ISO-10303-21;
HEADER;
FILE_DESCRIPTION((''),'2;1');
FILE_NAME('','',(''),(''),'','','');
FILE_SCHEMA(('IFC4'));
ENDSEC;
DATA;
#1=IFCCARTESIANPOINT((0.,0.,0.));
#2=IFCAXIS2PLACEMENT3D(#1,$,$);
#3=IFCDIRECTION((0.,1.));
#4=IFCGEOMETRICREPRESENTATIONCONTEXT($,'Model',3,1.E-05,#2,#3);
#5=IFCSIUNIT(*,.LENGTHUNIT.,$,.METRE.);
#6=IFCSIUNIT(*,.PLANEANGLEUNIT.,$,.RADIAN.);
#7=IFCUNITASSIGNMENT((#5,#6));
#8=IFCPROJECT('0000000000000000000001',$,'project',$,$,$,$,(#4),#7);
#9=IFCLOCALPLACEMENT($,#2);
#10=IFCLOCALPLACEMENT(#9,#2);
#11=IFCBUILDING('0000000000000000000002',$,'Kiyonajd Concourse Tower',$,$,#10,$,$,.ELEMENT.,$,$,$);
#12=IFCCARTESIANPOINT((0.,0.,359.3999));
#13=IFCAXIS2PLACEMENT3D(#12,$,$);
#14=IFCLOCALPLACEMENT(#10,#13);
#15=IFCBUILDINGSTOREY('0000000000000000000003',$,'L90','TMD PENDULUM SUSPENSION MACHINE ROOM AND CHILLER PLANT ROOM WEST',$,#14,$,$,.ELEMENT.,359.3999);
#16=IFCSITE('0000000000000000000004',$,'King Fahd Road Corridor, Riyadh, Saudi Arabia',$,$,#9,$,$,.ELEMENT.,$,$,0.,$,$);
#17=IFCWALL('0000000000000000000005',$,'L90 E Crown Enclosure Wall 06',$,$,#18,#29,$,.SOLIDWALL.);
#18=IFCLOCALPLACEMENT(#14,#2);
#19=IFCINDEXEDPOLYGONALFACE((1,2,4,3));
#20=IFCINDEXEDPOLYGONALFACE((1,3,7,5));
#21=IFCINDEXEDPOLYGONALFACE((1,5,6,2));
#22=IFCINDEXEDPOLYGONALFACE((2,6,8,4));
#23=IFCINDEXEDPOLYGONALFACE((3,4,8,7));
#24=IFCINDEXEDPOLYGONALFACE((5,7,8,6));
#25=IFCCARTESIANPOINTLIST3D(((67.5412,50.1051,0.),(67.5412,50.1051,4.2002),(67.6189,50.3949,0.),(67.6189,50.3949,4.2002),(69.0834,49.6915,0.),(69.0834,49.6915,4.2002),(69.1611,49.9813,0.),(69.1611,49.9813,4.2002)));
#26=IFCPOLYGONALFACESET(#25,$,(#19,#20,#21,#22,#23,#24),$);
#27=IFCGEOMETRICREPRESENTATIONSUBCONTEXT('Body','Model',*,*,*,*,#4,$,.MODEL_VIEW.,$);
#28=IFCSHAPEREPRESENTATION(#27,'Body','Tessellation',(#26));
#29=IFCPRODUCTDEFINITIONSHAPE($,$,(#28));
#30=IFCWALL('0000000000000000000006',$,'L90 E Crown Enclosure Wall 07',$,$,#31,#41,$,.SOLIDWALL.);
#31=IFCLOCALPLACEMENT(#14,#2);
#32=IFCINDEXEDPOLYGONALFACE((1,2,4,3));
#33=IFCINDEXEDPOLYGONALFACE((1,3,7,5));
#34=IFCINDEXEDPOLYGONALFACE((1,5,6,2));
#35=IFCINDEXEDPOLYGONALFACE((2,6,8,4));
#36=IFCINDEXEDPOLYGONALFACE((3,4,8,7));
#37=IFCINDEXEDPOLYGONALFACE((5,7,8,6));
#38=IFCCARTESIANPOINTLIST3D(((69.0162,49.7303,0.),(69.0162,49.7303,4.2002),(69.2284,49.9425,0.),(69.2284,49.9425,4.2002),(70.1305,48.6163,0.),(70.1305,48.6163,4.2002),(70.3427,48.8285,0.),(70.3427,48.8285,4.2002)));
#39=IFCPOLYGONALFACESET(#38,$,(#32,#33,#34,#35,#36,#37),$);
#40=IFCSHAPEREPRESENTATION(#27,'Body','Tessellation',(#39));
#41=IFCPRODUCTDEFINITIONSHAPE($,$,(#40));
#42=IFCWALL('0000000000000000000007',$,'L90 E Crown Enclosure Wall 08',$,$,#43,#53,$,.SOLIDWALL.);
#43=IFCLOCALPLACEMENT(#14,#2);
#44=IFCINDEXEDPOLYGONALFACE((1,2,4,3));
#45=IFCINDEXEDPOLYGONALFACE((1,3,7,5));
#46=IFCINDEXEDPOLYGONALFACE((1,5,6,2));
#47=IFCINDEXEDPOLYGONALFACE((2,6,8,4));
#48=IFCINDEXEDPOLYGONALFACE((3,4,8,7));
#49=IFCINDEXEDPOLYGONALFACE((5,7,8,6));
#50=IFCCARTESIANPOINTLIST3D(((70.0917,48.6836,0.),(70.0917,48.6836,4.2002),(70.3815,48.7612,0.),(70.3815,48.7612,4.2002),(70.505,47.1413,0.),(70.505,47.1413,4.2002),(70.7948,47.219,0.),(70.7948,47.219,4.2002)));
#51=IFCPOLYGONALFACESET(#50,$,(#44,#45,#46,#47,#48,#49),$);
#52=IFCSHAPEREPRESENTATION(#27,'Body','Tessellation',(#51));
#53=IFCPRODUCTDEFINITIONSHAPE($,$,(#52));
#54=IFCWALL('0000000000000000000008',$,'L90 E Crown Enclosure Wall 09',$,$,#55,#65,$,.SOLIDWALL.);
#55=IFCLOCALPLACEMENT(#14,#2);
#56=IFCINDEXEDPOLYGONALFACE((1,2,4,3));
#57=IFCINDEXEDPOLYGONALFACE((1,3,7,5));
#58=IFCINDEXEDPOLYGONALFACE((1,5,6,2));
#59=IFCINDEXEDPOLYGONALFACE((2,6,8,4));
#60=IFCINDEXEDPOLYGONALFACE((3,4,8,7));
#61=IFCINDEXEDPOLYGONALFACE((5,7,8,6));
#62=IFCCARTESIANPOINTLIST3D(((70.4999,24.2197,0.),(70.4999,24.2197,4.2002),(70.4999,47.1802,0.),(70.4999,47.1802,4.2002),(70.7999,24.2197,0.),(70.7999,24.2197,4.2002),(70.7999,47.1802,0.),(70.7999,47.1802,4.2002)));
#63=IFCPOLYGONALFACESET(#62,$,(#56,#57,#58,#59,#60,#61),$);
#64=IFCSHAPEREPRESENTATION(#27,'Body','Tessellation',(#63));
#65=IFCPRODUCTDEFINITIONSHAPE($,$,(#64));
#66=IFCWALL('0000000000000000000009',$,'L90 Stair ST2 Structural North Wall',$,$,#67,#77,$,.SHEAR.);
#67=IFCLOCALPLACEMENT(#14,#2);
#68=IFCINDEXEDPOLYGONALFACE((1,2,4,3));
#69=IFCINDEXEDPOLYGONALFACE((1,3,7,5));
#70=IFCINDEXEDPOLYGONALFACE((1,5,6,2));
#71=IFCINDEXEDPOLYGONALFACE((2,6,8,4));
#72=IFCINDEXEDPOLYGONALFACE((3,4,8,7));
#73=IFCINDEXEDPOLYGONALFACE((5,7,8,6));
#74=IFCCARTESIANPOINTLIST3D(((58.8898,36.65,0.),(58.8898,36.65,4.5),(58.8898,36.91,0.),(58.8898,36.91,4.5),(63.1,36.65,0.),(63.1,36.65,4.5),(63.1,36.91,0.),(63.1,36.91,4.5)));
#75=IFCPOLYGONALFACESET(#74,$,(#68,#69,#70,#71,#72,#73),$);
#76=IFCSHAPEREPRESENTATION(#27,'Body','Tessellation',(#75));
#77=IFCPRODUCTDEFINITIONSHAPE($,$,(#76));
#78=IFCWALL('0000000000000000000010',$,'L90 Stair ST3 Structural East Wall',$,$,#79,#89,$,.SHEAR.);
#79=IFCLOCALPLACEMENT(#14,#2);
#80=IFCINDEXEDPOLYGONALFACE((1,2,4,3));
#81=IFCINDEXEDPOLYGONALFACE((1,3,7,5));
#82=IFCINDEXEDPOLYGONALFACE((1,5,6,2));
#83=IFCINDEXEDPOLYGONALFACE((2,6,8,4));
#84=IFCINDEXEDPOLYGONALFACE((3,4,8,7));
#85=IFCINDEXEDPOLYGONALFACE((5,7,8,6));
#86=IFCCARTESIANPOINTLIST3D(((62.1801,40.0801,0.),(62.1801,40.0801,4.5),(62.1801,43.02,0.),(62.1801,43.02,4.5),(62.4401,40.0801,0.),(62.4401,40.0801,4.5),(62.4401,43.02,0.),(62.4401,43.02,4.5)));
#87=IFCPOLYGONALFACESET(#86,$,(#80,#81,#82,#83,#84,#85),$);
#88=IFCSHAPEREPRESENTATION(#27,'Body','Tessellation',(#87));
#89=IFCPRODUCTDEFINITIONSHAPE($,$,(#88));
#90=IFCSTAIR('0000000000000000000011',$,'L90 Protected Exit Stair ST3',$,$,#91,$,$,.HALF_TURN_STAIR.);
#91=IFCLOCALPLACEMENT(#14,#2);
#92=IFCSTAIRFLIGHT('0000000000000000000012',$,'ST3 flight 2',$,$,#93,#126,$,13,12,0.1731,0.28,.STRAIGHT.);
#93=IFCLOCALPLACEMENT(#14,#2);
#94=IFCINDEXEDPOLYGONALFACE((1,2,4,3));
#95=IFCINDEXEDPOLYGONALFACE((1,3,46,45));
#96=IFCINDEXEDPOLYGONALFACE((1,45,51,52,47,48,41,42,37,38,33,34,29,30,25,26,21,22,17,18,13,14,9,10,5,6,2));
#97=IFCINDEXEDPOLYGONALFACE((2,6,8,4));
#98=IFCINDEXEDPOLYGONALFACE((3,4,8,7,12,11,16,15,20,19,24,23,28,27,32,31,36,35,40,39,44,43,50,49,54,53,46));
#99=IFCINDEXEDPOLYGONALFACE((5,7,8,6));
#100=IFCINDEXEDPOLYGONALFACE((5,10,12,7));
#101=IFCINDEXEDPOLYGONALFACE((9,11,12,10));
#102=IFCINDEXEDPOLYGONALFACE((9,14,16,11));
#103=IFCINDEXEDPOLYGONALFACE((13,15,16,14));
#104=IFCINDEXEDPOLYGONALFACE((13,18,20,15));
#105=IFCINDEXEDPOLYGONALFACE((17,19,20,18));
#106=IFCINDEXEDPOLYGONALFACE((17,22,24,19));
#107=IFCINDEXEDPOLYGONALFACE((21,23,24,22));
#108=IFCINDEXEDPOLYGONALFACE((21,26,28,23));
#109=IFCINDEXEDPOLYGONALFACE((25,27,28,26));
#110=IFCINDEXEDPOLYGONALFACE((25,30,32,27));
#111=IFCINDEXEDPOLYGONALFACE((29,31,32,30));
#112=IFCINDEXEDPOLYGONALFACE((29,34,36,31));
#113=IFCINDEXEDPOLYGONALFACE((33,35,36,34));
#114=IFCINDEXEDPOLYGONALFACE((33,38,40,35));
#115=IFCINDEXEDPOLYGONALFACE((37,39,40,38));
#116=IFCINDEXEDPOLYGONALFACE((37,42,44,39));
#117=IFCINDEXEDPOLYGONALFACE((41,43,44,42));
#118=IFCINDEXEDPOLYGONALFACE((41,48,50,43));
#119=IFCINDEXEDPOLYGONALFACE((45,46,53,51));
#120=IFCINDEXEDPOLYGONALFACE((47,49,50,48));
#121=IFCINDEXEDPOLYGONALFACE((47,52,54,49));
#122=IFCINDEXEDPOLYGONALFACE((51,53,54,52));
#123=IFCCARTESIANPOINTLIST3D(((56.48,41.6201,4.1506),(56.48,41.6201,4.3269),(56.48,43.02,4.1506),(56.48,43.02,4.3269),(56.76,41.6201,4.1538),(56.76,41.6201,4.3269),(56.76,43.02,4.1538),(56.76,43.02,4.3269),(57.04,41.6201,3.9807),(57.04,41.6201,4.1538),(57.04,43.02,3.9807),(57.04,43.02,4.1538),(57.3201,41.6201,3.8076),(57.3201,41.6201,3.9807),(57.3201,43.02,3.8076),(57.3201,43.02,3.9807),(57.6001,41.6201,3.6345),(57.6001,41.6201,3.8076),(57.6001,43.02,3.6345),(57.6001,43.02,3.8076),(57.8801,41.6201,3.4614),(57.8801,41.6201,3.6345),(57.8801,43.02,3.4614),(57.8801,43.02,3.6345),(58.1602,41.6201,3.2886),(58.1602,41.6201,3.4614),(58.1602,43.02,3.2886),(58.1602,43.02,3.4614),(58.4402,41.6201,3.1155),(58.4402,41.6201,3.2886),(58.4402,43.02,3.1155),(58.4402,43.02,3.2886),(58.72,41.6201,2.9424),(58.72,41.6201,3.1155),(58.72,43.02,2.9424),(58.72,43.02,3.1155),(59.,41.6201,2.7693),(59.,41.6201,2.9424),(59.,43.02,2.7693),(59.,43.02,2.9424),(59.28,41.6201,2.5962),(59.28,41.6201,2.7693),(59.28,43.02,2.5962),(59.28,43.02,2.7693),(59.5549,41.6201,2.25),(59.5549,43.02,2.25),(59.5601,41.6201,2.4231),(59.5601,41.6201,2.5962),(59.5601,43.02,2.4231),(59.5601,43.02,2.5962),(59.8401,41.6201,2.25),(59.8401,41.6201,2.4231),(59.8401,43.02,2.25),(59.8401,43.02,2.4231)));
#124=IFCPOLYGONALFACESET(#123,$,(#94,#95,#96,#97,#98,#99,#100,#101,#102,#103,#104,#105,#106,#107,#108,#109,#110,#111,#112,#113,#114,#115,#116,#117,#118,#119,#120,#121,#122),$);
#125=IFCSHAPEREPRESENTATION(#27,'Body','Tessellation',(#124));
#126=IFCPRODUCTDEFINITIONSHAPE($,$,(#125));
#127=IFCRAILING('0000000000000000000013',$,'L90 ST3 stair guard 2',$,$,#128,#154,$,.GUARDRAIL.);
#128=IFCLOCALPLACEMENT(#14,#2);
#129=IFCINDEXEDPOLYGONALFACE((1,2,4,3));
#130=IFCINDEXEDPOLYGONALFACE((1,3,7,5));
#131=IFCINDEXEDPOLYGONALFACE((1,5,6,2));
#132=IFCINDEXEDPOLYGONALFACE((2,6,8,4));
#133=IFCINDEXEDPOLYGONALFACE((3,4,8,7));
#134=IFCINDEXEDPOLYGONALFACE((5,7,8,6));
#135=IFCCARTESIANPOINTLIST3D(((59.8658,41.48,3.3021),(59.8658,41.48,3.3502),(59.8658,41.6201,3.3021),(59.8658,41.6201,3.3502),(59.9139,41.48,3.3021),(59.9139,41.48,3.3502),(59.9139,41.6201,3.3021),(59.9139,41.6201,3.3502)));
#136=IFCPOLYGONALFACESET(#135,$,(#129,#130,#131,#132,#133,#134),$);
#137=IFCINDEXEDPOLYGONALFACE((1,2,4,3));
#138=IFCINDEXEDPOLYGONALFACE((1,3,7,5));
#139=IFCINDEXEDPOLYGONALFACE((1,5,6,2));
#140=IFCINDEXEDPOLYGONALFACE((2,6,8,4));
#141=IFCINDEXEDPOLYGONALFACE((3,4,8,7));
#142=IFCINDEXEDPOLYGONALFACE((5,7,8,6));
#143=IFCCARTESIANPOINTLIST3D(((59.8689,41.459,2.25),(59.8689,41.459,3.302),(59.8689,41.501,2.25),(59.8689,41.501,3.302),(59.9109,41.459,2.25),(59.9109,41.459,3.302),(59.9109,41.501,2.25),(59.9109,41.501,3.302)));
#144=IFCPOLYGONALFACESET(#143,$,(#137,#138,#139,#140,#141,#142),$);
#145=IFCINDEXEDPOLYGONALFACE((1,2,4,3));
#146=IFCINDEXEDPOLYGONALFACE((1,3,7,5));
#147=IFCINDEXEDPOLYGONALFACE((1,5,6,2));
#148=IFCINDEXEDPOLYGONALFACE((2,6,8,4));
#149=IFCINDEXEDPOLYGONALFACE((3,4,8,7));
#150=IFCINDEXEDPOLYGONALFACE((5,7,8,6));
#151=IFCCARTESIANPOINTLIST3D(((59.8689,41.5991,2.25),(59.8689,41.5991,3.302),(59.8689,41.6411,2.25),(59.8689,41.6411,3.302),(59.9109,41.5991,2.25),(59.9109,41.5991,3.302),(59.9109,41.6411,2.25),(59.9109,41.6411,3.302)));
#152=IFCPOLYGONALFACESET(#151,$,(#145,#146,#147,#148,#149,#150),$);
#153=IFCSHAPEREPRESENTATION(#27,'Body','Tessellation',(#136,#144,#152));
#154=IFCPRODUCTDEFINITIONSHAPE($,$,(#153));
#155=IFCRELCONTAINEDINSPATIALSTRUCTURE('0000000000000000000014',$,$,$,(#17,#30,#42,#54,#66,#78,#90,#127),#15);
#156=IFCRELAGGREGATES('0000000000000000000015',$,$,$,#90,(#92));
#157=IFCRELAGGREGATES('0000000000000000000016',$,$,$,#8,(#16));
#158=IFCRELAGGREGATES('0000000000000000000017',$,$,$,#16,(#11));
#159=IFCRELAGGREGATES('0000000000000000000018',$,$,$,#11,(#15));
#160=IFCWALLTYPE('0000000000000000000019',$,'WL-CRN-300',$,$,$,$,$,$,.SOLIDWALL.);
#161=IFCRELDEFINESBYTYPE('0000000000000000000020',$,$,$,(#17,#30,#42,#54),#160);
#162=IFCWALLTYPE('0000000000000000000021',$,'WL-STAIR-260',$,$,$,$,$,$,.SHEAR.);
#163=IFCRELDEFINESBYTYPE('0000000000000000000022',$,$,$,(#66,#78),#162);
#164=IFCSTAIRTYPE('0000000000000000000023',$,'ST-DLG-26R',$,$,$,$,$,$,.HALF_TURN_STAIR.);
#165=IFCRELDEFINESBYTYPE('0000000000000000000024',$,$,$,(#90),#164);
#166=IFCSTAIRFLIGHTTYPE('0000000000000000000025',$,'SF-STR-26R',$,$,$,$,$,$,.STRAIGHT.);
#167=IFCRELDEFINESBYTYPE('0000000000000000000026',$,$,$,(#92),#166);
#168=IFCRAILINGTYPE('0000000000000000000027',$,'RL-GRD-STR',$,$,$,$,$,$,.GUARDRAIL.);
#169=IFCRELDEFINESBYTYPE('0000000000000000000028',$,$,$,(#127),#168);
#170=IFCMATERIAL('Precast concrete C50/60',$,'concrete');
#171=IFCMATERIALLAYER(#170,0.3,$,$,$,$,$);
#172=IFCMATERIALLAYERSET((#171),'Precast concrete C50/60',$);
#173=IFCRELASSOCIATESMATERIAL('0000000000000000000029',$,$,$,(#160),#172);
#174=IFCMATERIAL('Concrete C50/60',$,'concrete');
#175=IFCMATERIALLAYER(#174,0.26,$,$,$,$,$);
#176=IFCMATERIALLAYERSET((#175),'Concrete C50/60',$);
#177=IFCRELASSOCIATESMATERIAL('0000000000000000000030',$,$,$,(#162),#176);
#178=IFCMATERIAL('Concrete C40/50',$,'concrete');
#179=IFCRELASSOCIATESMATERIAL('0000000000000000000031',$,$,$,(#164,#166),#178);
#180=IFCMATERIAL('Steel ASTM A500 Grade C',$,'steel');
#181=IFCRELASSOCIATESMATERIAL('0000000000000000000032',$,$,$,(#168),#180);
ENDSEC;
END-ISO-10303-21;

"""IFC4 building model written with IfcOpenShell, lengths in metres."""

from ifc_helpers import new_model, si_unit, direction, frame, frame_2d, origin, origin_2d, place, context, subcontext, project, spatial, polyline, rectangle, outline, extrude, material, layer, layer_set, type_object, element, aggregate, save


model = new_model("IFC4")

# Units and contexts
model_context = context("Model", 3, precision=1e-05, world=origin(), true_north=direction((0.0, 1.0)))
body_context = subcontext(model_context, "Body", "Model", "MODEL_VIEW")
ifc_project = project(units=[si_unit("LENGTHUNIT", "METRE"), si_unit("PLANEANGLEUNIT", "RADIAN")], contexts=[model_context])

# Site, building, storey
site_placement = place(None, origin())
site = spatial("IfcSite", under=ifc_project, at=site_placement, Name="King Fahd Road Corridor, Riyadh, Saudi Arabia", CompositionType="ELEMENT", RefElevation=0.0)
building_placement = place(site_placement, origin())
building = spatial("IfcBuilding", under=site, at=building_placement, Name="Kiyonajd Concourse Tower", CompositionType="ELEMENT")
storey_placement = place(building_placement, frame((0.0, 0.0, 359.3999)))
storey = spatial("IfcBuildingStorey", under=building, at=storey_placement, Name="L90", Description="TMD PENDULUM SUSPENSION MACHINE ROOM AND CHILLER PLANT ROOM WEST", CompositionType="ELEMENT", Elevation=359.3999)

# Walls
ifc_material_1 = material(Name="Precast concrete C50/60", Category="concrete")
ifc_layer_1 = layer(ifc_material_1, 0.3)
ifc_layer_set_1 = layer_set([ifc_layer_1], Name="Precast concrete C50/60")
wall_type_1 = type_object("IfcWallType", Name="WL-CRN-300", PredefinedType="SOLIDWALL", material=ifc_layer_set_1)
wall_1_placement = place(storey_placement, frame((67.5801, 50.25, 0.0), z_axis=(0.0, 0.0, 1.0), x_axis=(0.965874, -0.259014, 0.0)))
element("IfcWall", 1, at=wall_1_placement, inside=storey, type_object=wall_type_1, Name="L90 E Crown Enclosure Wall 06", PredefinedType="SOLIDWALL", context=body_context, shape_type="SweptSolid", body=[
    extrude(rectangle(XDim=1.5967, YDim=0.3, at=frame_2d((0.7983, 0.0))), origin(), (0.0, 0.0, 1.0), 4.2002),
])
wall_2_placement = place(storey_placement, frame((69.1223, 49.8364, 0.0), z_axis=(0.0, 0.0, 1.0), x_axis=(0.707184, -0.707029, 0.0)))
element("IfcWall", 2, at=wall_2_placement, inside=storey, type_object=wall_type_1, Name="L90 E Crown Enclosure Wall 07", PredefinedType="SOLIDWALL", context=body_context, shape_type="SweptSolid", body=[
    extrude(rectangle(XDim=1.5757, YDim=0.3, at=frame_2d((0.7878, 0.0))), origin(), (0.0, 0.0, 1.0), 4.2002),
])
wall_3_placement = place(storey_placement, frame((70.2366, 48.7224, 0.0), z_axis=(0.0, 0.0, 1.0), x_axis=(0.258871, -0.965912, 0.0)))
element("IfcWall", 3, at=wall_3_placement, inside=storey, type_object=wall_type_1, Name="L90 E Crown Enclosure Wall 08", PredefinedType="SOLIDWALL", context=body_context, shape_type="SweptSolid", body=[
    extrude(rectangle(XDim=1.5967, YDim=0.3, at=frame_2d((0.7983, 0.0))), origin(), (0.0, 0.0, 1.0), 4.2002),
])
wall_4_placement = place(storey_placement, frame((70.6499, 47.1802, 0.0), z_axis=(0.0, 0.0, 1.0), x_axis=(0.0, -1.0, 0.0)))
element("IfcWall", 4, at=wall_4_placement, inside=storey, type_object=wall_type_1, Name="L90 E Crown Enclosure Wall 09", PredefinedType="SOLIDWALL", context=body_context, shape_type="SweptSolid", body=[
    extrude(rectangle(XDim=22.9604, YDim=0.3, at=frame_2d((11.4802, 0.0))), origin(), (0.0, 0.0, 1.0), 4.2002),
])
ifc_material_2 = material(Name="Concrete C50/60", Category="concrete")
ifc_layer_2 = layer(ifc_material_2, 0.26)
ifc_layer_set_2 = layer_set([ifc_layer_2], Name="Concrete C50/60")
wall_type_2 = type_object("IfcWallType", Name="WL-STAIR-260", PredefinedType="SHEAR", material=ifc_layer_set_2)
wall_5_placement = place(storey_placement, frame((58.8899, 36.78, 0.0), z_axis=(0.0, 0.0, 1.0), x_axis=(1.0, 0.0, 0.0)))
element("IfcWall", 5, at=wall_5_placement, inside=storey, type_object=wall_type_2, Name="L90 Stair ST2 Structural North Wall", PredefinedType="SHEAR", context=body_context, shape_type="SweptSolid", body=[
    extrude(rectangle(XDim=4.2102, YDim=0.26, at=frame_2d((2.105, 0.0))), origin(), (0.0, 0.0, 1.0), 4.5),
])
wall_6_placement = place(storey_placement, frame((62.3101, 40.0801, 0.0), z_axis=(0.0, 0.0, 1.0), x_axis=(0.0, 1.0, 0.0)))
element("IfcWall", 6, at=wall_6_placement, inside=storey, type_object=wall_type_2, Name="L90 Stair ST3 Structural East Wall", PredefinedType="SHEAR", context=body_context, shape_type="SweptSolid", body=[
    extrude(rectangle(XDim=2.9399, YDim=0.26, at=frame_2d((1.47, 0.0))), origin(), (0.0, 0.0, 1.0), 4.5),
])

# Stair, stair flight
ifc_material_3 = material(Name="Concrete C40/50", Category="concrete")
stair_type = type_object("IfcStairType", Name="ST-DLG-26R", PredefinedType="HALF_TURN_STAIR", material=ifc_material_3)
stair_placement = place(storey_placement, origin())
stair = element("IfcStair", 7, at=stair_placement, inside=storey, type_object=stair_type, Name="L90 Protected Exit Stair ST3", PredefinedType="HALF_TURN_STAIR")
stair_flight_type = type_object("IfcStairFlightType", Name="SF-STR-26R", PredefinedType="STRAIGHT", material=ifc_material_3)
stair_flight_placement = place(storey_placement, frame((59.8401, 42.3201, 2.25), z_axis=(0.0, 0.0, 1.0), x_axis=(-1.0, 0.0, 0.0)))
stair_flight = element("IfcStairFlight", 8, at=stair_flight_placement, type_object=stair_flight_type, Name="ST3 flight 2", NumberOfRisers=13, NumberOfTreads=12, PredefinedType="STRAIGHT", RiserHeight=0.1731, TreadLength=0.28, context=body_context, shape_type="SweptSolid", body=[
    extrude(outline(polyline([(0.0, 0.0), (0.0, 0.1731), (0.28, 0.1731), (0.28, 0.3462), (0.5601, 0.3462), (0.5601, 0.5193), (0.8401, 0.5193), (0.8401, 0.6924), (1.1201, 0.6924), (1.1201, 0.8655), (1.3999, 0.8655), (1.3999, 1.0386), (1.6799, 1.0386), (1.6799, 1.2114), (1.96, 1.2114), (1.96, 1.3845), (2.24, 1.3845), (2.24, 1.5576), (2.52, 1.5576), (2.52, 1.7307), (2.8, 1.7307), (2.8, 1.9038), (3.0801, 1.9038), (3.0801, 2.0769), (3.3601, 2.0769), (3.3601, 2.25), (3.3601, 1.9006), (0.2852, 0.0), (0.0, 0.0)])), frame((0.0, 0.7, 0.0), z_axis=(0.0, -1.0, 0.0), x_axis=(1.0, 0.0, 0.0)), (0.0, 0.0, 1.0), 1.3999),
])
aggregate(stair, [stair_flight])

# Railing
ifc_material_4 = material(Name="Steel ASTM A500 Grade C", Category="steel")
railing_type_1 = type_object("IfcRailingType", Name="RL-GRD-STR", PredefinedType="GUARDRAIL", material=ifc_material_4)
railing_1_placement = place(storey_placement, frame((59.8899, 41.48, 2.25)))
element("IfcRailing", 9, at=railing_1_placement, inside=storey, type_object=railing_type_1, Name="L90 ST3 stair guard 2", PredefinedType="GUARDRAIL", context=body_context, shape_type="SweptSolid", body=[
    extrude(rectangle(XDim=0.0481, YDim=0.0481, at=origin_2d()), frame((0.0, 0.0, 1.0762), z_axis=(0.0, 1.0, 0.0), x_axis=(-1.0, 0.0, 0.0)), (0.0, 0.0, 1.0), 0.1401),
    extrude(rectangle(XDim=0.042, YDim=0.042, at=origin_2d()), origin(), (0.0, 0.0, 1.0), 1.052),
    extrude(rectangle(XDim=0.042, YDim=0.042, at=origin_2d()), frame((0.0, 0.1401, 0.0)), (0.0, 0.0, 1.0), 1.052),
])

save(model, "model.ifc")
